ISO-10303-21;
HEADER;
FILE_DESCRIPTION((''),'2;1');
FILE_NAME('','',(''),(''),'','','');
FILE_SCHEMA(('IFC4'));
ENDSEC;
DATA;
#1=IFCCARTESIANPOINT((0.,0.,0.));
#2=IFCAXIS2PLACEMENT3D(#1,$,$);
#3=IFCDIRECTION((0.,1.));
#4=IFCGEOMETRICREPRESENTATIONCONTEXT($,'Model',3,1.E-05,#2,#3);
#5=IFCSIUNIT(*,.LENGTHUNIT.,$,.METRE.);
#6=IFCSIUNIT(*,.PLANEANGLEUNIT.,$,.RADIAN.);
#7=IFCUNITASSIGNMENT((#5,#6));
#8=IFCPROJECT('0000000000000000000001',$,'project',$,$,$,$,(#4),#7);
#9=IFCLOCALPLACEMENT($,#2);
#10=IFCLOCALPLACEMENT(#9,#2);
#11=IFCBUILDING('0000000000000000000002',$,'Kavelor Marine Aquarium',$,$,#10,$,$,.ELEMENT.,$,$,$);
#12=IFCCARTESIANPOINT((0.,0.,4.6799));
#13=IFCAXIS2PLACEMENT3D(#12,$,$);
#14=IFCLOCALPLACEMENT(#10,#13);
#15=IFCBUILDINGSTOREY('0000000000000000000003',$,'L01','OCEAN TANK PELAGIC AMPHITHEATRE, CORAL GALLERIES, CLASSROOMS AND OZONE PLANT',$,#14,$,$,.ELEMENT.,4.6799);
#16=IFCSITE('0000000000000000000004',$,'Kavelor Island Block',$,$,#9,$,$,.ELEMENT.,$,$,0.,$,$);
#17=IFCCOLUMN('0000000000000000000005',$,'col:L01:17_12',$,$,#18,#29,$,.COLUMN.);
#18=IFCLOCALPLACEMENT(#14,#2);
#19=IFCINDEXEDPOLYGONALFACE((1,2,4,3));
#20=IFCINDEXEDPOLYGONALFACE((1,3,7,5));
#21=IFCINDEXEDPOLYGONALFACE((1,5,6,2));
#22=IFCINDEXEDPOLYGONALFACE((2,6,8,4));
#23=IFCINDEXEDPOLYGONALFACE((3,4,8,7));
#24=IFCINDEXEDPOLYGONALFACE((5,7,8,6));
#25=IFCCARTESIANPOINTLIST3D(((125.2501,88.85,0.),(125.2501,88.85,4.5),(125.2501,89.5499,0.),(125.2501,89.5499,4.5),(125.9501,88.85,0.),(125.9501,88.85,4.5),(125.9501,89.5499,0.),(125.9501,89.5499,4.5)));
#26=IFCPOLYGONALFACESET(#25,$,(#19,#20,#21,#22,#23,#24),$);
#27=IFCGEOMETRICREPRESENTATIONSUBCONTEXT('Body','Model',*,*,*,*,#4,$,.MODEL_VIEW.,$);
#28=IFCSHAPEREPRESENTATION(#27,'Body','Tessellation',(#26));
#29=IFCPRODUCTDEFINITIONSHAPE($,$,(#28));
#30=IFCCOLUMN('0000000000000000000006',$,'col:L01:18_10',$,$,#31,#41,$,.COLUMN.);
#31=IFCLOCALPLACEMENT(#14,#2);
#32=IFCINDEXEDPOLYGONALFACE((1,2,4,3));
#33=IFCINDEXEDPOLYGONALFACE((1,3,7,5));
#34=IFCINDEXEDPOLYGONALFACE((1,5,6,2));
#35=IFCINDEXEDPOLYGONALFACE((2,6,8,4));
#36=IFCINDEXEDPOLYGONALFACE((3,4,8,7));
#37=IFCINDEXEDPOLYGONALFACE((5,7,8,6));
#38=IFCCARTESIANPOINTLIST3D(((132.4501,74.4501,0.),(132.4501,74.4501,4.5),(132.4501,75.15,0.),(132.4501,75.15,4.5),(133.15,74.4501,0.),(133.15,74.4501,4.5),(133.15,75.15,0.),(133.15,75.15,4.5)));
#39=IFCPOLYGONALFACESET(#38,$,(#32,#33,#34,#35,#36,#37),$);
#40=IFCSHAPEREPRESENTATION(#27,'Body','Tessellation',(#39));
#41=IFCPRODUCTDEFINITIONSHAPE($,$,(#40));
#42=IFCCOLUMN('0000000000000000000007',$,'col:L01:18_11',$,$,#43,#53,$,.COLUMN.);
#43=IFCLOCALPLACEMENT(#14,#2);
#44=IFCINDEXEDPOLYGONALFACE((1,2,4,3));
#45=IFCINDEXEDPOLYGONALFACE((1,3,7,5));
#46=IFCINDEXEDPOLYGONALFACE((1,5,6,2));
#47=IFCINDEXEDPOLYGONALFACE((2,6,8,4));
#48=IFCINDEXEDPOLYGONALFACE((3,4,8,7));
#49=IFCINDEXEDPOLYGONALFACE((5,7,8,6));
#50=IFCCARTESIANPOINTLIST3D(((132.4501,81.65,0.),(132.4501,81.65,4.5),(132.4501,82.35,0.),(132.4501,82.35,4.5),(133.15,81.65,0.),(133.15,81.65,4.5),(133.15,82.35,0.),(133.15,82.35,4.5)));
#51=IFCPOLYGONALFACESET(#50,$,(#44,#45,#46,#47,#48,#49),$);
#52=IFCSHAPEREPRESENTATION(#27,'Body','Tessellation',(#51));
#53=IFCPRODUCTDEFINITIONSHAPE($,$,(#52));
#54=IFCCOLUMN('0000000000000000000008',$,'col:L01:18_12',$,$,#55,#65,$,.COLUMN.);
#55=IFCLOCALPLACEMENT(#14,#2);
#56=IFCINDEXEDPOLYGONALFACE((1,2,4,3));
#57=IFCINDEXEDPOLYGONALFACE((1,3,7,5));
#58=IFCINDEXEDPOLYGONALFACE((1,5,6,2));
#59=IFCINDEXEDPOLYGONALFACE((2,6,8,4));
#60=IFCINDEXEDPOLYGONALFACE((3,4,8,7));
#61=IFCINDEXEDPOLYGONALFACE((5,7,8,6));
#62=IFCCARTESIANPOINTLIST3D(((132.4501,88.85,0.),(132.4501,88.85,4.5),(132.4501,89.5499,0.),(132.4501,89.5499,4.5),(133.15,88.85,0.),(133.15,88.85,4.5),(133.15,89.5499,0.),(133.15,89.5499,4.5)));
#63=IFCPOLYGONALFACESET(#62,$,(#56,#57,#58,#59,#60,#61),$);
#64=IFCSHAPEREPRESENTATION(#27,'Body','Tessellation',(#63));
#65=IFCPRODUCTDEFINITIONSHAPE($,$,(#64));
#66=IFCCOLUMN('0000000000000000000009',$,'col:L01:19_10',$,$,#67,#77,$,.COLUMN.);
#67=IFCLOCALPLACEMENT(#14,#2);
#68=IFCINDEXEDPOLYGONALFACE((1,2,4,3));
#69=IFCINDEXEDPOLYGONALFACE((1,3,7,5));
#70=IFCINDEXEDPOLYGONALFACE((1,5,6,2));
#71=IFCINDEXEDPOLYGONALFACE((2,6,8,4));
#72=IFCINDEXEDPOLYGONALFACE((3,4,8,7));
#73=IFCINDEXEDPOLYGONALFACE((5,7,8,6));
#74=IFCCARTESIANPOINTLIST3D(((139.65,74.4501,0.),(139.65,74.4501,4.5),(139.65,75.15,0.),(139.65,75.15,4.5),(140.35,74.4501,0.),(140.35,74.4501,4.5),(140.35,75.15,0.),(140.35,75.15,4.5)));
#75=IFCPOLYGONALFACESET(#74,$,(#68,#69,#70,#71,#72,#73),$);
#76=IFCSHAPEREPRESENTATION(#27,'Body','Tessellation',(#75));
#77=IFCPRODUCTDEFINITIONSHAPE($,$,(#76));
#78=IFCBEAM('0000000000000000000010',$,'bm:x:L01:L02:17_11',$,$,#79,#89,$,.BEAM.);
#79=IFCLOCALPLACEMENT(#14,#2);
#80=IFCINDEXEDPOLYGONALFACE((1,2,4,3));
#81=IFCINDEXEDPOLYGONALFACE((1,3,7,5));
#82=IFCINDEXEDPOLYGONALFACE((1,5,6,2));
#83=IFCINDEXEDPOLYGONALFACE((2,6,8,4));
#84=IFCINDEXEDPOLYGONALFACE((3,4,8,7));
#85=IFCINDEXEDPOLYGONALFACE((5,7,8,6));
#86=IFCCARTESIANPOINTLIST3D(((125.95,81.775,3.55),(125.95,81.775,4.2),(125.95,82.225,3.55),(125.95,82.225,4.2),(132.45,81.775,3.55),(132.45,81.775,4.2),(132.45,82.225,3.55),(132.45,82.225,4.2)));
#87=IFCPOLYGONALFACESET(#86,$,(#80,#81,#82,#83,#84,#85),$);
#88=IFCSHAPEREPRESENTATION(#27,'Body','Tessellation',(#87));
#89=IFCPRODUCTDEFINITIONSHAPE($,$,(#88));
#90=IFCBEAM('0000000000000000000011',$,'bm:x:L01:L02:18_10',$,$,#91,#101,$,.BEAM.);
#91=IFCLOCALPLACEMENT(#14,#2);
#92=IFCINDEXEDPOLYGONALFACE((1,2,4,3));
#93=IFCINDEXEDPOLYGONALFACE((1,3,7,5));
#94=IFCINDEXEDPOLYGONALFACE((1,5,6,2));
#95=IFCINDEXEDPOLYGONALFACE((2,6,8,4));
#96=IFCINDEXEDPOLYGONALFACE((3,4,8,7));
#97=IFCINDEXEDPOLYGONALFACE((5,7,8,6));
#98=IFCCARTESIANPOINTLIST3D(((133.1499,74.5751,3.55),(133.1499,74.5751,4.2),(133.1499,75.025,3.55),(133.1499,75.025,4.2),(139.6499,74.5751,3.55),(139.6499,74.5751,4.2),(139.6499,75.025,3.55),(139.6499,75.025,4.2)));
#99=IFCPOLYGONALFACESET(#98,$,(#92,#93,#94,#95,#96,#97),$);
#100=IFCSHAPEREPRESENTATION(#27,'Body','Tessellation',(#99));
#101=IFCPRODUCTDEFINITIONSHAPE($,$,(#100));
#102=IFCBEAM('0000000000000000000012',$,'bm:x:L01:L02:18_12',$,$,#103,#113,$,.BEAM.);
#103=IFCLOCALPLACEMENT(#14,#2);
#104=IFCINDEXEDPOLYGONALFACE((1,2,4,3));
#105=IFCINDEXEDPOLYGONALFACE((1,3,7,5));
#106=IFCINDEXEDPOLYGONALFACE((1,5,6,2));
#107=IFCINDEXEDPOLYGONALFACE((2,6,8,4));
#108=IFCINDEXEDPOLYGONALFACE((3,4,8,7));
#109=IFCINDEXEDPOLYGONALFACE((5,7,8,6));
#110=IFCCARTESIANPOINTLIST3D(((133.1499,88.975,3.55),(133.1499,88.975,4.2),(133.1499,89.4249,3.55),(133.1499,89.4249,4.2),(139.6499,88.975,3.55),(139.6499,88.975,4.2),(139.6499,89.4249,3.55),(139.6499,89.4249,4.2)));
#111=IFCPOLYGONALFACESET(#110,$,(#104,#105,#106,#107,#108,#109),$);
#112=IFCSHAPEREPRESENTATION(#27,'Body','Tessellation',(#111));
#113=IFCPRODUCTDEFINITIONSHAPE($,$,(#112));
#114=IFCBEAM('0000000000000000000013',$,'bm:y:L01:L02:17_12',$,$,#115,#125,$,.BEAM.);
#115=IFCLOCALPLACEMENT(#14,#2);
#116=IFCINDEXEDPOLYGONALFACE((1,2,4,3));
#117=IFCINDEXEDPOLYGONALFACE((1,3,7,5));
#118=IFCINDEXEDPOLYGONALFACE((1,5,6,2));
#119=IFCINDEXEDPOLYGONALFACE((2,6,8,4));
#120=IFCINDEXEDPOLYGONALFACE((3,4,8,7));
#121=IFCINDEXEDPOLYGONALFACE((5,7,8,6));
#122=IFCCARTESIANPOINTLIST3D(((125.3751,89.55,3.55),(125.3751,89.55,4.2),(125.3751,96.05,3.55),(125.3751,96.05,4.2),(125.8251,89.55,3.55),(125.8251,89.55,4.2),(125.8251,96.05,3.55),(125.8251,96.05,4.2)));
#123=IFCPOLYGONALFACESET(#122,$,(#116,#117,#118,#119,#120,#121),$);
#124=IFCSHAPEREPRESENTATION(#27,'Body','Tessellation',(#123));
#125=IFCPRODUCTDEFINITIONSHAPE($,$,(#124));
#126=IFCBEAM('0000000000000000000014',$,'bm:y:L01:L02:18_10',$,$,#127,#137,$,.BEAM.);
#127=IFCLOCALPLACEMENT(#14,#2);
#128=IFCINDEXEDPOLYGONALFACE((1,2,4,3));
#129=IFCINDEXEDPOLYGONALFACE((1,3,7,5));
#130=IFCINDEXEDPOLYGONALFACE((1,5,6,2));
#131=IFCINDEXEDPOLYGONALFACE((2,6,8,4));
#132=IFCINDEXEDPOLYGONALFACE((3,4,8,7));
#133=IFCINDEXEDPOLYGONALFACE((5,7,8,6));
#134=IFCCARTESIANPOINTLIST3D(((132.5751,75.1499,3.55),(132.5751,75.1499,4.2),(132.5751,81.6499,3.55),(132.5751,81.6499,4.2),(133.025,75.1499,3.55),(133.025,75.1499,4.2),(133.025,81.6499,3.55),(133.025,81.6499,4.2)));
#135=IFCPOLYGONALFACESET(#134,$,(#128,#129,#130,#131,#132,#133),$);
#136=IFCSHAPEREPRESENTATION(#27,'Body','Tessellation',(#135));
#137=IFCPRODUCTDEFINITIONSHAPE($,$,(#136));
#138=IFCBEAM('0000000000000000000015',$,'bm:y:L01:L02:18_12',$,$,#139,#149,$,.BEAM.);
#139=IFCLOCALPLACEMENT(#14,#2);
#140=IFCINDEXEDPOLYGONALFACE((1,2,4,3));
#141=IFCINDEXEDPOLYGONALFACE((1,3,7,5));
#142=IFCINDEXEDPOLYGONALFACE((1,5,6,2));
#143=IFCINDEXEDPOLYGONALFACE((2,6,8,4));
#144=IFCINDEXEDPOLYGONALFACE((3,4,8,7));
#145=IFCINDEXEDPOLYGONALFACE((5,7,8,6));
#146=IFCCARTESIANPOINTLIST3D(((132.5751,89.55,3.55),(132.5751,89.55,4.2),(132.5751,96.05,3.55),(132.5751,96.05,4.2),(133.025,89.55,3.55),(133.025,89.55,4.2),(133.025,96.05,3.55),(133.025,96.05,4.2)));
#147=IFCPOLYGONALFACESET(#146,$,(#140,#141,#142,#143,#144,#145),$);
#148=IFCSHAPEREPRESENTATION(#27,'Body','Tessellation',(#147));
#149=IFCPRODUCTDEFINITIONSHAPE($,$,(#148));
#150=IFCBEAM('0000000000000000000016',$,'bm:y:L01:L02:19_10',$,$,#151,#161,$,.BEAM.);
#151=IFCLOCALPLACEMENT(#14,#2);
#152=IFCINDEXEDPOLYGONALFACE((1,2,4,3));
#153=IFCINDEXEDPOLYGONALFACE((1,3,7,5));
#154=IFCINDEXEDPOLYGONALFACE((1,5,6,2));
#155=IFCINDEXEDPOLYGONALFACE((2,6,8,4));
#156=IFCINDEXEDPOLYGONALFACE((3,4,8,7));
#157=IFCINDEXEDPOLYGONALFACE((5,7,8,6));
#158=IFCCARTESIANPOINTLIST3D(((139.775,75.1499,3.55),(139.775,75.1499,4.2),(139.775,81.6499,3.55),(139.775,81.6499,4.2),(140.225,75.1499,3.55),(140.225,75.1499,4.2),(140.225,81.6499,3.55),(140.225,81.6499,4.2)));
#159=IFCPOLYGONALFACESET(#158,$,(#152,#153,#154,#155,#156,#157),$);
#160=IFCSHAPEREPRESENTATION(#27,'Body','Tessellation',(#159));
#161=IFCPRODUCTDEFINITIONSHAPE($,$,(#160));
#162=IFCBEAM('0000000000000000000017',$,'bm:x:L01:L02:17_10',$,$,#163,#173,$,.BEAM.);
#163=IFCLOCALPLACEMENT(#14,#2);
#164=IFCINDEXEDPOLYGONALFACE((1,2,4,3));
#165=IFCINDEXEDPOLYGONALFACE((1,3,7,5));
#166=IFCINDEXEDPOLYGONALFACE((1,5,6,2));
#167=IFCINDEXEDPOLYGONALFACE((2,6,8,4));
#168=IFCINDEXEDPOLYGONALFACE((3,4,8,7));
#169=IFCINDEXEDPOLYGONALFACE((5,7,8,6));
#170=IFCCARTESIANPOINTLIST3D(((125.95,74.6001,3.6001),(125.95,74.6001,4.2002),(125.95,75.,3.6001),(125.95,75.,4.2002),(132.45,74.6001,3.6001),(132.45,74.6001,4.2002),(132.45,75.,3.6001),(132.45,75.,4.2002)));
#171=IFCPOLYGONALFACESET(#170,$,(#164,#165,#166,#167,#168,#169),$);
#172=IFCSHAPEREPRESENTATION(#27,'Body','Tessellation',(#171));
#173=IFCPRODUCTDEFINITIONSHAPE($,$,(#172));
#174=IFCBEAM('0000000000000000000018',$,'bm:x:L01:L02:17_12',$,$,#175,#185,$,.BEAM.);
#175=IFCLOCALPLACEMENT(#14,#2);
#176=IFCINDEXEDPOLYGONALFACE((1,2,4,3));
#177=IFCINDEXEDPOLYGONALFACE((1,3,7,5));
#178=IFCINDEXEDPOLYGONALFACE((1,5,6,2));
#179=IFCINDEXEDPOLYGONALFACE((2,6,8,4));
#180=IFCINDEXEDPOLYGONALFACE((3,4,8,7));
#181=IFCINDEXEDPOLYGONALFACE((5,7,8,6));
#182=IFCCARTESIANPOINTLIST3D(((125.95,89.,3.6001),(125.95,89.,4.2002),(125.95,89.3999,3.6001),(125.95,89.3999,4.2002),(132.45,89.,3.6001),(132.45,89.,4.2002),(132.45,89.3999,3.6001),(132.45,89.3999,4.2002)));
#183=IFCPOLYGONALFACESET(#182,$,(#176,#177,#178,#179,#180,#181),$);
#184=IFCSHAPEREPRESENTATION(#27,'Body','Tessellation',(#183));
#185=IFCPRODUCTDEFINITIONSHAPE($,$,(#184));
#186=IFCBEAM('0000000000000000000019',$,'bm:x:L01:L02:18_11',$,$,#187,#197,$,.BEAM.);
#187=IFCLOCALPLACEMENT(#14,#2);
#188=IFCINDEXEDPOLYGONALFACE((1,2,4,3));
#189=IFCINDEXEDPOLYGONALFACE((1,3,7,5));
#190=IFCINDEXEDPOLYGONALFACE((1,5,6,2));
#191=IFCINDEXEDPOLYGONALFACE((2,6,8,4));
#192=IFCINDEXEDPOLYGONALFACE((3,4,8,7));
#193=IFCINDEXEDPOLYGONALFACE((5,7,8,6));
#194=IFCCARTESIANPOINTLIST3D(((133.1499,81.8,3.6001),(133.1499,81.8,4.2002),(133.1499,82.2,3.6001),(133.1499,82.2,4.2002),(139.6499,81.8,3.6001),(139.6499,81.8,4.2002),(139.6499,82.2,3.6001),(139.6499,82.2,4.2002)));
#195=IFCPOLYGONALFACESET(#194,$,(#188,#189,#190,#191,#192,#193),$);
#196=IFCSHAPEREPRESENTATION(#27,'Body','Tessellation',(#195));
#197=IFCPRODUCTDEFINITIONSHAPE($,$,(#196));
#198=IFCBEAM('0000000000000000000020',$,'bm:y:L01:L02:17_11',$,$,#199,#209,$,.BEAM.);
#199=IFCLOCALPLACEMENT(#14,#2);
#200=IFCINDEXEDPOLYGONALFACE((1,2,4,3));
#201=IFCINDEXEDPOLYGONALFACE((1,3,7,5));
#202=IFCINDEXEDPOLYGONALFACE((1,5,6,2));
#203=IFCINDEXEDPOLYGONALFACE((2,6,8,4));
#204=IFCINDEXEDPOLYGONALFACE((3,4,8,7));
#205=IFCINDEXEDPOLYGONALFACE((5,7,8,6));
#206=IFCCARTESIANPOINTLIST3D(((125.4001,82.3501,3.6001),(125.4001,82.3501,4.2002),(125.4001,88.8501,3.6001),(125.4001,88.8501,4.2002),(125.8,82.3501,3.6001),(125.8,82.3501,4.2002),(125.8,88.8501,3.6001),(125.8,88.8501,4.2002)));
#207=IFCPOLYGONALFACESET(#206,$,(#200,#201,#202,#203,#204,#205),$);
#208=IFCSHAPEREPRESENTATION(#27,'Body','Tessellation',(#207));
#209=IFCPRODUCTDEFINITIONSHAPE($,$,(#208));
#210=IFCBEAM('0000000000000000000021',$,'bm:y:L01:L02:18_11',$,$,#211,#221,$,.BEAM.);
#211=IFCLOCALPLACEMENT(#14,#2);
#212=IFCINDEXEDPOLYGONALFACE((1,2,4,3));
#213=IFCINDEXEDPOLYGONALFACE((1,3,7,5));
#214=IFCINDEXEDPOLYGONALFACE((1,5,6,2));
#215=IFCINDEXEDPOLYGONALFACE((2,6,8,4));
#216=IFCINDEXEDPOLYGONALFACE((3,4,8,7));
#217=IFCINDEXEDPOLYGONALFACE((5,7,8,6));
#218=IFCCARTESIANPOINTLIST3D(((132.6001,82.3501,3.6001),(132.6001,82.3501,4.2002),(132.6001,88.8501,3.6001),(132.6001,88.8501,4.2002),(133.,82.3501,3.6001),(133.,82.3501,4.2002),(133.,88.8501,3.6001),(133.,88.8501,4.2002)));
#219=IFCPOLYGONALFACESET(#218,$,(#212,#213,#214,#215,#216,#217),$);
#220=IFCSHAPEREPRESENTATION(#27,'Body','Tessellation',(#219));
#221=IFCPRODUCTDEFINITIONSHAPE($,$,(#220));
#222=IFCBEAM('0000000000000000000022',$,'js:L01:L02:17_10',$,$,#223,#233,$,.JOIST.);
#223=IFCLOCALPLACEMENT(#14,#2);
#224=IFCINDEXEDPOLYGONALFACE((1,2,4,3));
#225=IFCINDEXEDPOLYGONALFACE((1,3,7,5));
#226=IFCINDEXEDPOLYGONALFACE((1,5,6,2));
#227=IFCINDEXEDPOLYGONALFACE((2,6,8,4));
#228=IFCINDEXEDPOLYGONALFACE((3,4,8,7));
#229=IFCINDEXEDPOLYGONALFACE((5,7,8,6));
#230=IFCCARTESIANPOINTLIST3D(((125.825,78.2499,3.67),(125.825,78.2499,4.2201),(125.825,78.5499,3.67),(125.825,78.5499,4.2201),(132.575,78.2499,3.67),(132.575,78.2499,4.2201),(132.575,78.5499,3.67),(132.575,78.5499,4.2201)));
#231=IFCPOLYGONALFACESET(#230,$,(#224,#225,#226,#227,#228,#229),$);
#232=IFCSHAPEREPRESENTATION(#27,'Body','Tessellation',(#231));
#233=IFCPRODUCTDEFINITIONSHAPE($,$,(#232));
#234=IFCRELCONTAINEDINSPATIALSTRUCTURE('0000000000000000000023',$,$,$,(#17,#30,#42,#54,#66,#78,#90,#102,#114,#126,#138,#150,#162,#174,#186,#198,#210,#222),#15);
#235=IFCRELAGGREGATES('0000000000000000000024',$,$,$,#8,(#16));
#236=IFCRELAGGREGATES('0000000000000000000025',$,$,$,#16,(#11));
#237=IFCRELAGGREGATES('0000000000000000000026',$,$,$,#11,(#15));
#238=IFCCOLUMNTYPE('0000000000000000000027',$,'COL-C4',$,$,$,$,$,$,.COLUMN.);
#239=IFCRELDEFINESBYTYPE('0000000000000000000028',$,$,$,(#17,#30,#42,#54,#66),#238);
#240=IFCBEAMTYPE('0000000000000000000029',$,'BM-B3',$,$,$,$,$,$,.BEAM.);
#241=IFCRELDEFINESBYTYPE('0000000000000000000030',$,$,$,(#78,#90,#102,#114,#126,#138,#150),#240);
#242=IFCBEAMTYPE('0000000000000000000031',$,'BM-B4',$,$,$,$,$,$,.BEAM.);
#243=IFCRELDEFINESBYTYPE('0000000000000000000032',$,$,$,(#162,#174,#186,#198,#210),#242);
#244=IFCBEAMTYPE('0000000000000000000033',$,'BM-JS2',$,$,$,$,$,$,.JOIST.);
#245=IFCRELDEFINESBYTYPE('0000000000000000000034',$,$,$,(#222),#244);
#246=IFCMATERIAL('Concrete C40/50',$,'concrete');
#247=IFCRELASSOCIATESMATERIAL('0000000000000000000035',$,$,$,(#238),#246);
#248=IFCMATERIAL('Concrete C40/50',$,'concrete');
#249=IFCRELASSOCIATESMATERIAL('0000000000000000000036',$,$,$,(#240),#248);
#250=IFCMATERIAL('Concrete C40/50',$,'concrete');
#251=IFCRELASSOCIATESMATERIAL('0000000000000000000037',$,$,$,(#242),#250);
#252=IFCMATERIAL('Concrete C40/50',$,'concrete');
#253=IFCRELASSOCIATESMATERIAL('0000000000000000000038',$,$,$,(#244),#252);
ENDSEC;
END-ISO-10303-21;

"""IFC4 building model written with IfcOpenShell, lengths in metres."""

from ifc_helpers import new_model, si_unit, direction, frame, origin, origin_2d, place, context, subcontext, project, spatial, rectangle, extrude, material, material_profile, profile_set, type_object, element, save


model = new_model("IFC4")

# Units and contexts
model_context = context("Model", 3, precision=1e-05, world=origin(), true_north=direction((0.0, 1.0)))
body_context = subcontext(model_context, "Body", "Model", "MODEL_VIEW")
ifc_project = project(units=[si_unit("LENGTHUNIT", "METRE"), si_unit("PLANEANGLEUNIT", "RADIAN")], contexts=[model_context])

# Site, building, storey
site_placement = place(None, origin())
site = spatial("IfcSite", under=ifc_project, at=site_placement, Name="Kavelor Island Block", CompositionType="ELEMENT", RefElevation=0.0)
building_placement = place(site_placement, origin())
building = spatial("IfcBuilding", under=site, at=building_placement, Name="Kavelor Marine Aquarium", CompositionType="ELEMENT")
storey_placement = place(building_placement, frame((0.0, 0.0, 4.6799)))
storey = spatial("IfcBuildingStorey", under=building, at=storey_placement, Name="L01", Description="OCEAN TANK PELAGIC AMPHITHEATRE, CORAL GALLERIES, CLASSROOMS AND OZONE PLANT", CompositionType="ELEMENT", Elevation=4.6799)

# Columns
ifc_material_1 = material(Name="Concrete C40/50", Category="concrete")
ifc_material_profile_1 = material_profile(ifc_material_1, rectangle(XDim=0.7, YDim=0.7, at=origin_2d()), Name="RC-COL 700x700")
ifc_profile_set_1 = profile_set([ifc_material_profile_1], Name="Concrete C40/50")
column_type = type_object("IfcColumnType", Name="COL-C4", PredefinedType="COLUMN", material=ifc_profile_set_1)
for number, where, z_axis, x_axis, name in (
    (1, (125.6001, 89.2, 0.0), (0.0, 0.0, 1.0), (1.0, 0.0, 0.0), "col:L01:17_12"),
    (2, (132.8, 74.8, 0.0), (0.0, 0.0, 1.0), (1.0, 0.0, 0.0), "col:L01:18_10"),
    (3, (132.8, 82.0, 0.0), (0.0, 0.0, 1.0), (1.0, 0.0, 0.0), "col:L01:18_11"),
    (4, (132.8, 89.2, 0.0), (0.0, 0.0, 1.0), (1.0, 0.0, 0.0), "col:L01:18_12"),
    (5, (140.0, 74.8, 0.0), (0.0, 0.0, 1.0), (1.0, 0.0, 0.0), "col:L01:19_10"),
):
    element("IfcColumn", number, at=place(storey_placement, frame(where, z_axis=z_axis, x_axis=x_axis)), inside=storey, type_object=column_type, Name=name, PredefinedType="COLUMN", context=body_context, shape_type="SweptSolid", body=[
        extrude(rectangle(XDim=0.7, YDim=0.7, at=origin_2d()), origin(), (0.0, 0.0, 1.0), 4.5),
    ])

# Beams
ifc_material_2 = material(Name="Concrete C40/50", Category="concrete")
ifc_material_profile_2 = material_profile(ifc_material_2, rectangle(XDim=0.45, YDim=0.6499, at=origin_2d()), Name="RC-BM 450x650")
ifc_profile_set_2 = profile_set([ifc_material_profile_2], Name="Concrete C40/50")
beam_type_1 = type_object("IfcBeamType", Name="BM-B3", PredefinedType="BEAM", material=ifc_profile_set_2)
for number, where, z_axis, x_axis, name in (
    (6, (125.95, 82.0, 3.875), (1.0, 0.0, 0.0), (0.0, 1.0, 0.0), "bm:x:L01:L02:17_11"),
    (7, (133.1499, 74.8, 3.875), (1.0, 0.0, 0.0), (0.0, 1.0, 0.0), "bm:x:L01:L02:18_10"),
    (8, (133.1499, 89.2, 3.875), (1.0, 0.0, 0.0), (0.0, 1.0, 0.0), "bm:x:L01:L02:18_12"),
    (9, (125.6001, 89.55, 3.875), (0.0, 1.0, 0.0), (-1.0, 0.0, 0.0), "bm:y:L01:L02:17_12"),
    (10, (132.8, 75.1499, 3.875), (0.0, 1.0, 0.0), (-1.0, 0.0, 0.0), "bm:y:L01:L02:18_10"),
    (11, (132.8, 89.55, 3.875), (0.0, 1.0, 0.0), (-1.0, 0.0, 0.0), "bm:y:L01:L02:18_12"),
    (12, (140.0, 75.1499, 3.875), (0.0, 1.0, 0.0), (-1.0, 0.0, 0.0), "bm:y:L01:L02:19_10"),
):
    element("IfcBeam", number, at=place(storey_placement, frame(where, z_axis=z_axis, x_axis=x_axis)), inside=storey, type_object=beam_type_1, Name=name, PredefinedType="BEAM", context=body_context, shape_type="SweptSolid", body=[
        extrude(rectangle(XDim=0.45, YDim=0.6499, at=origin_2d()), origin(), (0.0, 0.0, 1.0), 6.5),
    ])
ifc_material_3 = material(Name="Concrete C40/50", Category="concrete")
ifc_material_profile_3 = material_profile(ifc_material_3, rectangle(XDim=0.3999, YDim=0.6001, at=origin_2d()), Name="RC-BM 400x600")
ifc_profile_set_3 = profile_set([ifc_material_profile_3], Name="Concrete C40/50")
beam_type_2 = type_object("IfcBeamType", Name="BM-B4", PredefinedType="BEAM", material=ifc_profile_set_3)
for number, where, z_axis, x_axis, name in (
    (13, (125.95, 74.8, 3.9001), (1.0, 0.0, 0.0), (0.0, 1.0, 0.0), "bm:x:L01:L02:17_10"),
    (14, (125.95, 89.2, 3.9001), (1.0, 0.0, 0.0), (0.0, 1.0, 0.0), "bm:x:L01:L02:17_12"),
    (15, (133.1499, 82.0, 3.9001), (1.0, 0.0, 0.0), (0.0, 1.0, 0.0), "bm:x:L01:L02:18_11"),
    (16, (125.6001, 82.3501, 3.9001), (0.0, 1.0, 0.0), (-1.0, 0.0, 0.0), "bm:y:L01:L02:17_11"),
    (17, (132.8, 82.3501, 3.9001), (0.0, 1.0, 0.0), (-1.0, 0.0, 0.0), "bm:y:L01:L02:18_11"),
):
    element("IfcBeam", number, at=place(storey_placement, frame(where, z_axis=z_axis, x_axis=x_axis)), inside=storey, type_object=beam_type_2, Name=name, PredefinedType="BEAM", context=body_context, shape_type="SweptSolid", body=[
        extrude(rectangle(XDim=0.3999, YDim=0.6001, at=origin_2d()), origin(), (0.0, 0.0, 1.0), 6.5),
    ])
ifc_material_4 = material(Name="Concrete C40/50", Category="concrete")
ifc_material_profile_4 = material_profile(ifc_material_4, rectangle(XDim=0.3, YDim=0.55, at=origin_2d()), Name="RC-JS 300x550")
ifc_profile_set_4 = profile_set([ifc_material_profile_4], Name="Concrete C40/50")
beam_type_3 = type_object("IfcBeamType", Name="BM-JS2", PredefinedType="JOIST", material=ifc_profile_set_4)
for number, where, z_axis, x_axis, name in (
    (18, (125.825, 78.3999, 3.9451), (1.0, 0.0, 0.0), (0.0, 1.0, 0.0), "js:L01:L02:17_10"),
):
    element("IfcBeam", number, at=place(storey_placement, frame(where, z_axis=z_axis, x_axis=x_axis)), inside=storey, type_object=beam_type_3, Name=name, PredefinedType="JOIST", context=body_context, shape_type="SweptSolid", body=[
        extrude(rectangle(XDim=0.3, YDim=0.55, at=origin_2d()), origin(), (0.0, 0.0, 1.0), 6.75),
    ])

save(model, "model.ifc")
